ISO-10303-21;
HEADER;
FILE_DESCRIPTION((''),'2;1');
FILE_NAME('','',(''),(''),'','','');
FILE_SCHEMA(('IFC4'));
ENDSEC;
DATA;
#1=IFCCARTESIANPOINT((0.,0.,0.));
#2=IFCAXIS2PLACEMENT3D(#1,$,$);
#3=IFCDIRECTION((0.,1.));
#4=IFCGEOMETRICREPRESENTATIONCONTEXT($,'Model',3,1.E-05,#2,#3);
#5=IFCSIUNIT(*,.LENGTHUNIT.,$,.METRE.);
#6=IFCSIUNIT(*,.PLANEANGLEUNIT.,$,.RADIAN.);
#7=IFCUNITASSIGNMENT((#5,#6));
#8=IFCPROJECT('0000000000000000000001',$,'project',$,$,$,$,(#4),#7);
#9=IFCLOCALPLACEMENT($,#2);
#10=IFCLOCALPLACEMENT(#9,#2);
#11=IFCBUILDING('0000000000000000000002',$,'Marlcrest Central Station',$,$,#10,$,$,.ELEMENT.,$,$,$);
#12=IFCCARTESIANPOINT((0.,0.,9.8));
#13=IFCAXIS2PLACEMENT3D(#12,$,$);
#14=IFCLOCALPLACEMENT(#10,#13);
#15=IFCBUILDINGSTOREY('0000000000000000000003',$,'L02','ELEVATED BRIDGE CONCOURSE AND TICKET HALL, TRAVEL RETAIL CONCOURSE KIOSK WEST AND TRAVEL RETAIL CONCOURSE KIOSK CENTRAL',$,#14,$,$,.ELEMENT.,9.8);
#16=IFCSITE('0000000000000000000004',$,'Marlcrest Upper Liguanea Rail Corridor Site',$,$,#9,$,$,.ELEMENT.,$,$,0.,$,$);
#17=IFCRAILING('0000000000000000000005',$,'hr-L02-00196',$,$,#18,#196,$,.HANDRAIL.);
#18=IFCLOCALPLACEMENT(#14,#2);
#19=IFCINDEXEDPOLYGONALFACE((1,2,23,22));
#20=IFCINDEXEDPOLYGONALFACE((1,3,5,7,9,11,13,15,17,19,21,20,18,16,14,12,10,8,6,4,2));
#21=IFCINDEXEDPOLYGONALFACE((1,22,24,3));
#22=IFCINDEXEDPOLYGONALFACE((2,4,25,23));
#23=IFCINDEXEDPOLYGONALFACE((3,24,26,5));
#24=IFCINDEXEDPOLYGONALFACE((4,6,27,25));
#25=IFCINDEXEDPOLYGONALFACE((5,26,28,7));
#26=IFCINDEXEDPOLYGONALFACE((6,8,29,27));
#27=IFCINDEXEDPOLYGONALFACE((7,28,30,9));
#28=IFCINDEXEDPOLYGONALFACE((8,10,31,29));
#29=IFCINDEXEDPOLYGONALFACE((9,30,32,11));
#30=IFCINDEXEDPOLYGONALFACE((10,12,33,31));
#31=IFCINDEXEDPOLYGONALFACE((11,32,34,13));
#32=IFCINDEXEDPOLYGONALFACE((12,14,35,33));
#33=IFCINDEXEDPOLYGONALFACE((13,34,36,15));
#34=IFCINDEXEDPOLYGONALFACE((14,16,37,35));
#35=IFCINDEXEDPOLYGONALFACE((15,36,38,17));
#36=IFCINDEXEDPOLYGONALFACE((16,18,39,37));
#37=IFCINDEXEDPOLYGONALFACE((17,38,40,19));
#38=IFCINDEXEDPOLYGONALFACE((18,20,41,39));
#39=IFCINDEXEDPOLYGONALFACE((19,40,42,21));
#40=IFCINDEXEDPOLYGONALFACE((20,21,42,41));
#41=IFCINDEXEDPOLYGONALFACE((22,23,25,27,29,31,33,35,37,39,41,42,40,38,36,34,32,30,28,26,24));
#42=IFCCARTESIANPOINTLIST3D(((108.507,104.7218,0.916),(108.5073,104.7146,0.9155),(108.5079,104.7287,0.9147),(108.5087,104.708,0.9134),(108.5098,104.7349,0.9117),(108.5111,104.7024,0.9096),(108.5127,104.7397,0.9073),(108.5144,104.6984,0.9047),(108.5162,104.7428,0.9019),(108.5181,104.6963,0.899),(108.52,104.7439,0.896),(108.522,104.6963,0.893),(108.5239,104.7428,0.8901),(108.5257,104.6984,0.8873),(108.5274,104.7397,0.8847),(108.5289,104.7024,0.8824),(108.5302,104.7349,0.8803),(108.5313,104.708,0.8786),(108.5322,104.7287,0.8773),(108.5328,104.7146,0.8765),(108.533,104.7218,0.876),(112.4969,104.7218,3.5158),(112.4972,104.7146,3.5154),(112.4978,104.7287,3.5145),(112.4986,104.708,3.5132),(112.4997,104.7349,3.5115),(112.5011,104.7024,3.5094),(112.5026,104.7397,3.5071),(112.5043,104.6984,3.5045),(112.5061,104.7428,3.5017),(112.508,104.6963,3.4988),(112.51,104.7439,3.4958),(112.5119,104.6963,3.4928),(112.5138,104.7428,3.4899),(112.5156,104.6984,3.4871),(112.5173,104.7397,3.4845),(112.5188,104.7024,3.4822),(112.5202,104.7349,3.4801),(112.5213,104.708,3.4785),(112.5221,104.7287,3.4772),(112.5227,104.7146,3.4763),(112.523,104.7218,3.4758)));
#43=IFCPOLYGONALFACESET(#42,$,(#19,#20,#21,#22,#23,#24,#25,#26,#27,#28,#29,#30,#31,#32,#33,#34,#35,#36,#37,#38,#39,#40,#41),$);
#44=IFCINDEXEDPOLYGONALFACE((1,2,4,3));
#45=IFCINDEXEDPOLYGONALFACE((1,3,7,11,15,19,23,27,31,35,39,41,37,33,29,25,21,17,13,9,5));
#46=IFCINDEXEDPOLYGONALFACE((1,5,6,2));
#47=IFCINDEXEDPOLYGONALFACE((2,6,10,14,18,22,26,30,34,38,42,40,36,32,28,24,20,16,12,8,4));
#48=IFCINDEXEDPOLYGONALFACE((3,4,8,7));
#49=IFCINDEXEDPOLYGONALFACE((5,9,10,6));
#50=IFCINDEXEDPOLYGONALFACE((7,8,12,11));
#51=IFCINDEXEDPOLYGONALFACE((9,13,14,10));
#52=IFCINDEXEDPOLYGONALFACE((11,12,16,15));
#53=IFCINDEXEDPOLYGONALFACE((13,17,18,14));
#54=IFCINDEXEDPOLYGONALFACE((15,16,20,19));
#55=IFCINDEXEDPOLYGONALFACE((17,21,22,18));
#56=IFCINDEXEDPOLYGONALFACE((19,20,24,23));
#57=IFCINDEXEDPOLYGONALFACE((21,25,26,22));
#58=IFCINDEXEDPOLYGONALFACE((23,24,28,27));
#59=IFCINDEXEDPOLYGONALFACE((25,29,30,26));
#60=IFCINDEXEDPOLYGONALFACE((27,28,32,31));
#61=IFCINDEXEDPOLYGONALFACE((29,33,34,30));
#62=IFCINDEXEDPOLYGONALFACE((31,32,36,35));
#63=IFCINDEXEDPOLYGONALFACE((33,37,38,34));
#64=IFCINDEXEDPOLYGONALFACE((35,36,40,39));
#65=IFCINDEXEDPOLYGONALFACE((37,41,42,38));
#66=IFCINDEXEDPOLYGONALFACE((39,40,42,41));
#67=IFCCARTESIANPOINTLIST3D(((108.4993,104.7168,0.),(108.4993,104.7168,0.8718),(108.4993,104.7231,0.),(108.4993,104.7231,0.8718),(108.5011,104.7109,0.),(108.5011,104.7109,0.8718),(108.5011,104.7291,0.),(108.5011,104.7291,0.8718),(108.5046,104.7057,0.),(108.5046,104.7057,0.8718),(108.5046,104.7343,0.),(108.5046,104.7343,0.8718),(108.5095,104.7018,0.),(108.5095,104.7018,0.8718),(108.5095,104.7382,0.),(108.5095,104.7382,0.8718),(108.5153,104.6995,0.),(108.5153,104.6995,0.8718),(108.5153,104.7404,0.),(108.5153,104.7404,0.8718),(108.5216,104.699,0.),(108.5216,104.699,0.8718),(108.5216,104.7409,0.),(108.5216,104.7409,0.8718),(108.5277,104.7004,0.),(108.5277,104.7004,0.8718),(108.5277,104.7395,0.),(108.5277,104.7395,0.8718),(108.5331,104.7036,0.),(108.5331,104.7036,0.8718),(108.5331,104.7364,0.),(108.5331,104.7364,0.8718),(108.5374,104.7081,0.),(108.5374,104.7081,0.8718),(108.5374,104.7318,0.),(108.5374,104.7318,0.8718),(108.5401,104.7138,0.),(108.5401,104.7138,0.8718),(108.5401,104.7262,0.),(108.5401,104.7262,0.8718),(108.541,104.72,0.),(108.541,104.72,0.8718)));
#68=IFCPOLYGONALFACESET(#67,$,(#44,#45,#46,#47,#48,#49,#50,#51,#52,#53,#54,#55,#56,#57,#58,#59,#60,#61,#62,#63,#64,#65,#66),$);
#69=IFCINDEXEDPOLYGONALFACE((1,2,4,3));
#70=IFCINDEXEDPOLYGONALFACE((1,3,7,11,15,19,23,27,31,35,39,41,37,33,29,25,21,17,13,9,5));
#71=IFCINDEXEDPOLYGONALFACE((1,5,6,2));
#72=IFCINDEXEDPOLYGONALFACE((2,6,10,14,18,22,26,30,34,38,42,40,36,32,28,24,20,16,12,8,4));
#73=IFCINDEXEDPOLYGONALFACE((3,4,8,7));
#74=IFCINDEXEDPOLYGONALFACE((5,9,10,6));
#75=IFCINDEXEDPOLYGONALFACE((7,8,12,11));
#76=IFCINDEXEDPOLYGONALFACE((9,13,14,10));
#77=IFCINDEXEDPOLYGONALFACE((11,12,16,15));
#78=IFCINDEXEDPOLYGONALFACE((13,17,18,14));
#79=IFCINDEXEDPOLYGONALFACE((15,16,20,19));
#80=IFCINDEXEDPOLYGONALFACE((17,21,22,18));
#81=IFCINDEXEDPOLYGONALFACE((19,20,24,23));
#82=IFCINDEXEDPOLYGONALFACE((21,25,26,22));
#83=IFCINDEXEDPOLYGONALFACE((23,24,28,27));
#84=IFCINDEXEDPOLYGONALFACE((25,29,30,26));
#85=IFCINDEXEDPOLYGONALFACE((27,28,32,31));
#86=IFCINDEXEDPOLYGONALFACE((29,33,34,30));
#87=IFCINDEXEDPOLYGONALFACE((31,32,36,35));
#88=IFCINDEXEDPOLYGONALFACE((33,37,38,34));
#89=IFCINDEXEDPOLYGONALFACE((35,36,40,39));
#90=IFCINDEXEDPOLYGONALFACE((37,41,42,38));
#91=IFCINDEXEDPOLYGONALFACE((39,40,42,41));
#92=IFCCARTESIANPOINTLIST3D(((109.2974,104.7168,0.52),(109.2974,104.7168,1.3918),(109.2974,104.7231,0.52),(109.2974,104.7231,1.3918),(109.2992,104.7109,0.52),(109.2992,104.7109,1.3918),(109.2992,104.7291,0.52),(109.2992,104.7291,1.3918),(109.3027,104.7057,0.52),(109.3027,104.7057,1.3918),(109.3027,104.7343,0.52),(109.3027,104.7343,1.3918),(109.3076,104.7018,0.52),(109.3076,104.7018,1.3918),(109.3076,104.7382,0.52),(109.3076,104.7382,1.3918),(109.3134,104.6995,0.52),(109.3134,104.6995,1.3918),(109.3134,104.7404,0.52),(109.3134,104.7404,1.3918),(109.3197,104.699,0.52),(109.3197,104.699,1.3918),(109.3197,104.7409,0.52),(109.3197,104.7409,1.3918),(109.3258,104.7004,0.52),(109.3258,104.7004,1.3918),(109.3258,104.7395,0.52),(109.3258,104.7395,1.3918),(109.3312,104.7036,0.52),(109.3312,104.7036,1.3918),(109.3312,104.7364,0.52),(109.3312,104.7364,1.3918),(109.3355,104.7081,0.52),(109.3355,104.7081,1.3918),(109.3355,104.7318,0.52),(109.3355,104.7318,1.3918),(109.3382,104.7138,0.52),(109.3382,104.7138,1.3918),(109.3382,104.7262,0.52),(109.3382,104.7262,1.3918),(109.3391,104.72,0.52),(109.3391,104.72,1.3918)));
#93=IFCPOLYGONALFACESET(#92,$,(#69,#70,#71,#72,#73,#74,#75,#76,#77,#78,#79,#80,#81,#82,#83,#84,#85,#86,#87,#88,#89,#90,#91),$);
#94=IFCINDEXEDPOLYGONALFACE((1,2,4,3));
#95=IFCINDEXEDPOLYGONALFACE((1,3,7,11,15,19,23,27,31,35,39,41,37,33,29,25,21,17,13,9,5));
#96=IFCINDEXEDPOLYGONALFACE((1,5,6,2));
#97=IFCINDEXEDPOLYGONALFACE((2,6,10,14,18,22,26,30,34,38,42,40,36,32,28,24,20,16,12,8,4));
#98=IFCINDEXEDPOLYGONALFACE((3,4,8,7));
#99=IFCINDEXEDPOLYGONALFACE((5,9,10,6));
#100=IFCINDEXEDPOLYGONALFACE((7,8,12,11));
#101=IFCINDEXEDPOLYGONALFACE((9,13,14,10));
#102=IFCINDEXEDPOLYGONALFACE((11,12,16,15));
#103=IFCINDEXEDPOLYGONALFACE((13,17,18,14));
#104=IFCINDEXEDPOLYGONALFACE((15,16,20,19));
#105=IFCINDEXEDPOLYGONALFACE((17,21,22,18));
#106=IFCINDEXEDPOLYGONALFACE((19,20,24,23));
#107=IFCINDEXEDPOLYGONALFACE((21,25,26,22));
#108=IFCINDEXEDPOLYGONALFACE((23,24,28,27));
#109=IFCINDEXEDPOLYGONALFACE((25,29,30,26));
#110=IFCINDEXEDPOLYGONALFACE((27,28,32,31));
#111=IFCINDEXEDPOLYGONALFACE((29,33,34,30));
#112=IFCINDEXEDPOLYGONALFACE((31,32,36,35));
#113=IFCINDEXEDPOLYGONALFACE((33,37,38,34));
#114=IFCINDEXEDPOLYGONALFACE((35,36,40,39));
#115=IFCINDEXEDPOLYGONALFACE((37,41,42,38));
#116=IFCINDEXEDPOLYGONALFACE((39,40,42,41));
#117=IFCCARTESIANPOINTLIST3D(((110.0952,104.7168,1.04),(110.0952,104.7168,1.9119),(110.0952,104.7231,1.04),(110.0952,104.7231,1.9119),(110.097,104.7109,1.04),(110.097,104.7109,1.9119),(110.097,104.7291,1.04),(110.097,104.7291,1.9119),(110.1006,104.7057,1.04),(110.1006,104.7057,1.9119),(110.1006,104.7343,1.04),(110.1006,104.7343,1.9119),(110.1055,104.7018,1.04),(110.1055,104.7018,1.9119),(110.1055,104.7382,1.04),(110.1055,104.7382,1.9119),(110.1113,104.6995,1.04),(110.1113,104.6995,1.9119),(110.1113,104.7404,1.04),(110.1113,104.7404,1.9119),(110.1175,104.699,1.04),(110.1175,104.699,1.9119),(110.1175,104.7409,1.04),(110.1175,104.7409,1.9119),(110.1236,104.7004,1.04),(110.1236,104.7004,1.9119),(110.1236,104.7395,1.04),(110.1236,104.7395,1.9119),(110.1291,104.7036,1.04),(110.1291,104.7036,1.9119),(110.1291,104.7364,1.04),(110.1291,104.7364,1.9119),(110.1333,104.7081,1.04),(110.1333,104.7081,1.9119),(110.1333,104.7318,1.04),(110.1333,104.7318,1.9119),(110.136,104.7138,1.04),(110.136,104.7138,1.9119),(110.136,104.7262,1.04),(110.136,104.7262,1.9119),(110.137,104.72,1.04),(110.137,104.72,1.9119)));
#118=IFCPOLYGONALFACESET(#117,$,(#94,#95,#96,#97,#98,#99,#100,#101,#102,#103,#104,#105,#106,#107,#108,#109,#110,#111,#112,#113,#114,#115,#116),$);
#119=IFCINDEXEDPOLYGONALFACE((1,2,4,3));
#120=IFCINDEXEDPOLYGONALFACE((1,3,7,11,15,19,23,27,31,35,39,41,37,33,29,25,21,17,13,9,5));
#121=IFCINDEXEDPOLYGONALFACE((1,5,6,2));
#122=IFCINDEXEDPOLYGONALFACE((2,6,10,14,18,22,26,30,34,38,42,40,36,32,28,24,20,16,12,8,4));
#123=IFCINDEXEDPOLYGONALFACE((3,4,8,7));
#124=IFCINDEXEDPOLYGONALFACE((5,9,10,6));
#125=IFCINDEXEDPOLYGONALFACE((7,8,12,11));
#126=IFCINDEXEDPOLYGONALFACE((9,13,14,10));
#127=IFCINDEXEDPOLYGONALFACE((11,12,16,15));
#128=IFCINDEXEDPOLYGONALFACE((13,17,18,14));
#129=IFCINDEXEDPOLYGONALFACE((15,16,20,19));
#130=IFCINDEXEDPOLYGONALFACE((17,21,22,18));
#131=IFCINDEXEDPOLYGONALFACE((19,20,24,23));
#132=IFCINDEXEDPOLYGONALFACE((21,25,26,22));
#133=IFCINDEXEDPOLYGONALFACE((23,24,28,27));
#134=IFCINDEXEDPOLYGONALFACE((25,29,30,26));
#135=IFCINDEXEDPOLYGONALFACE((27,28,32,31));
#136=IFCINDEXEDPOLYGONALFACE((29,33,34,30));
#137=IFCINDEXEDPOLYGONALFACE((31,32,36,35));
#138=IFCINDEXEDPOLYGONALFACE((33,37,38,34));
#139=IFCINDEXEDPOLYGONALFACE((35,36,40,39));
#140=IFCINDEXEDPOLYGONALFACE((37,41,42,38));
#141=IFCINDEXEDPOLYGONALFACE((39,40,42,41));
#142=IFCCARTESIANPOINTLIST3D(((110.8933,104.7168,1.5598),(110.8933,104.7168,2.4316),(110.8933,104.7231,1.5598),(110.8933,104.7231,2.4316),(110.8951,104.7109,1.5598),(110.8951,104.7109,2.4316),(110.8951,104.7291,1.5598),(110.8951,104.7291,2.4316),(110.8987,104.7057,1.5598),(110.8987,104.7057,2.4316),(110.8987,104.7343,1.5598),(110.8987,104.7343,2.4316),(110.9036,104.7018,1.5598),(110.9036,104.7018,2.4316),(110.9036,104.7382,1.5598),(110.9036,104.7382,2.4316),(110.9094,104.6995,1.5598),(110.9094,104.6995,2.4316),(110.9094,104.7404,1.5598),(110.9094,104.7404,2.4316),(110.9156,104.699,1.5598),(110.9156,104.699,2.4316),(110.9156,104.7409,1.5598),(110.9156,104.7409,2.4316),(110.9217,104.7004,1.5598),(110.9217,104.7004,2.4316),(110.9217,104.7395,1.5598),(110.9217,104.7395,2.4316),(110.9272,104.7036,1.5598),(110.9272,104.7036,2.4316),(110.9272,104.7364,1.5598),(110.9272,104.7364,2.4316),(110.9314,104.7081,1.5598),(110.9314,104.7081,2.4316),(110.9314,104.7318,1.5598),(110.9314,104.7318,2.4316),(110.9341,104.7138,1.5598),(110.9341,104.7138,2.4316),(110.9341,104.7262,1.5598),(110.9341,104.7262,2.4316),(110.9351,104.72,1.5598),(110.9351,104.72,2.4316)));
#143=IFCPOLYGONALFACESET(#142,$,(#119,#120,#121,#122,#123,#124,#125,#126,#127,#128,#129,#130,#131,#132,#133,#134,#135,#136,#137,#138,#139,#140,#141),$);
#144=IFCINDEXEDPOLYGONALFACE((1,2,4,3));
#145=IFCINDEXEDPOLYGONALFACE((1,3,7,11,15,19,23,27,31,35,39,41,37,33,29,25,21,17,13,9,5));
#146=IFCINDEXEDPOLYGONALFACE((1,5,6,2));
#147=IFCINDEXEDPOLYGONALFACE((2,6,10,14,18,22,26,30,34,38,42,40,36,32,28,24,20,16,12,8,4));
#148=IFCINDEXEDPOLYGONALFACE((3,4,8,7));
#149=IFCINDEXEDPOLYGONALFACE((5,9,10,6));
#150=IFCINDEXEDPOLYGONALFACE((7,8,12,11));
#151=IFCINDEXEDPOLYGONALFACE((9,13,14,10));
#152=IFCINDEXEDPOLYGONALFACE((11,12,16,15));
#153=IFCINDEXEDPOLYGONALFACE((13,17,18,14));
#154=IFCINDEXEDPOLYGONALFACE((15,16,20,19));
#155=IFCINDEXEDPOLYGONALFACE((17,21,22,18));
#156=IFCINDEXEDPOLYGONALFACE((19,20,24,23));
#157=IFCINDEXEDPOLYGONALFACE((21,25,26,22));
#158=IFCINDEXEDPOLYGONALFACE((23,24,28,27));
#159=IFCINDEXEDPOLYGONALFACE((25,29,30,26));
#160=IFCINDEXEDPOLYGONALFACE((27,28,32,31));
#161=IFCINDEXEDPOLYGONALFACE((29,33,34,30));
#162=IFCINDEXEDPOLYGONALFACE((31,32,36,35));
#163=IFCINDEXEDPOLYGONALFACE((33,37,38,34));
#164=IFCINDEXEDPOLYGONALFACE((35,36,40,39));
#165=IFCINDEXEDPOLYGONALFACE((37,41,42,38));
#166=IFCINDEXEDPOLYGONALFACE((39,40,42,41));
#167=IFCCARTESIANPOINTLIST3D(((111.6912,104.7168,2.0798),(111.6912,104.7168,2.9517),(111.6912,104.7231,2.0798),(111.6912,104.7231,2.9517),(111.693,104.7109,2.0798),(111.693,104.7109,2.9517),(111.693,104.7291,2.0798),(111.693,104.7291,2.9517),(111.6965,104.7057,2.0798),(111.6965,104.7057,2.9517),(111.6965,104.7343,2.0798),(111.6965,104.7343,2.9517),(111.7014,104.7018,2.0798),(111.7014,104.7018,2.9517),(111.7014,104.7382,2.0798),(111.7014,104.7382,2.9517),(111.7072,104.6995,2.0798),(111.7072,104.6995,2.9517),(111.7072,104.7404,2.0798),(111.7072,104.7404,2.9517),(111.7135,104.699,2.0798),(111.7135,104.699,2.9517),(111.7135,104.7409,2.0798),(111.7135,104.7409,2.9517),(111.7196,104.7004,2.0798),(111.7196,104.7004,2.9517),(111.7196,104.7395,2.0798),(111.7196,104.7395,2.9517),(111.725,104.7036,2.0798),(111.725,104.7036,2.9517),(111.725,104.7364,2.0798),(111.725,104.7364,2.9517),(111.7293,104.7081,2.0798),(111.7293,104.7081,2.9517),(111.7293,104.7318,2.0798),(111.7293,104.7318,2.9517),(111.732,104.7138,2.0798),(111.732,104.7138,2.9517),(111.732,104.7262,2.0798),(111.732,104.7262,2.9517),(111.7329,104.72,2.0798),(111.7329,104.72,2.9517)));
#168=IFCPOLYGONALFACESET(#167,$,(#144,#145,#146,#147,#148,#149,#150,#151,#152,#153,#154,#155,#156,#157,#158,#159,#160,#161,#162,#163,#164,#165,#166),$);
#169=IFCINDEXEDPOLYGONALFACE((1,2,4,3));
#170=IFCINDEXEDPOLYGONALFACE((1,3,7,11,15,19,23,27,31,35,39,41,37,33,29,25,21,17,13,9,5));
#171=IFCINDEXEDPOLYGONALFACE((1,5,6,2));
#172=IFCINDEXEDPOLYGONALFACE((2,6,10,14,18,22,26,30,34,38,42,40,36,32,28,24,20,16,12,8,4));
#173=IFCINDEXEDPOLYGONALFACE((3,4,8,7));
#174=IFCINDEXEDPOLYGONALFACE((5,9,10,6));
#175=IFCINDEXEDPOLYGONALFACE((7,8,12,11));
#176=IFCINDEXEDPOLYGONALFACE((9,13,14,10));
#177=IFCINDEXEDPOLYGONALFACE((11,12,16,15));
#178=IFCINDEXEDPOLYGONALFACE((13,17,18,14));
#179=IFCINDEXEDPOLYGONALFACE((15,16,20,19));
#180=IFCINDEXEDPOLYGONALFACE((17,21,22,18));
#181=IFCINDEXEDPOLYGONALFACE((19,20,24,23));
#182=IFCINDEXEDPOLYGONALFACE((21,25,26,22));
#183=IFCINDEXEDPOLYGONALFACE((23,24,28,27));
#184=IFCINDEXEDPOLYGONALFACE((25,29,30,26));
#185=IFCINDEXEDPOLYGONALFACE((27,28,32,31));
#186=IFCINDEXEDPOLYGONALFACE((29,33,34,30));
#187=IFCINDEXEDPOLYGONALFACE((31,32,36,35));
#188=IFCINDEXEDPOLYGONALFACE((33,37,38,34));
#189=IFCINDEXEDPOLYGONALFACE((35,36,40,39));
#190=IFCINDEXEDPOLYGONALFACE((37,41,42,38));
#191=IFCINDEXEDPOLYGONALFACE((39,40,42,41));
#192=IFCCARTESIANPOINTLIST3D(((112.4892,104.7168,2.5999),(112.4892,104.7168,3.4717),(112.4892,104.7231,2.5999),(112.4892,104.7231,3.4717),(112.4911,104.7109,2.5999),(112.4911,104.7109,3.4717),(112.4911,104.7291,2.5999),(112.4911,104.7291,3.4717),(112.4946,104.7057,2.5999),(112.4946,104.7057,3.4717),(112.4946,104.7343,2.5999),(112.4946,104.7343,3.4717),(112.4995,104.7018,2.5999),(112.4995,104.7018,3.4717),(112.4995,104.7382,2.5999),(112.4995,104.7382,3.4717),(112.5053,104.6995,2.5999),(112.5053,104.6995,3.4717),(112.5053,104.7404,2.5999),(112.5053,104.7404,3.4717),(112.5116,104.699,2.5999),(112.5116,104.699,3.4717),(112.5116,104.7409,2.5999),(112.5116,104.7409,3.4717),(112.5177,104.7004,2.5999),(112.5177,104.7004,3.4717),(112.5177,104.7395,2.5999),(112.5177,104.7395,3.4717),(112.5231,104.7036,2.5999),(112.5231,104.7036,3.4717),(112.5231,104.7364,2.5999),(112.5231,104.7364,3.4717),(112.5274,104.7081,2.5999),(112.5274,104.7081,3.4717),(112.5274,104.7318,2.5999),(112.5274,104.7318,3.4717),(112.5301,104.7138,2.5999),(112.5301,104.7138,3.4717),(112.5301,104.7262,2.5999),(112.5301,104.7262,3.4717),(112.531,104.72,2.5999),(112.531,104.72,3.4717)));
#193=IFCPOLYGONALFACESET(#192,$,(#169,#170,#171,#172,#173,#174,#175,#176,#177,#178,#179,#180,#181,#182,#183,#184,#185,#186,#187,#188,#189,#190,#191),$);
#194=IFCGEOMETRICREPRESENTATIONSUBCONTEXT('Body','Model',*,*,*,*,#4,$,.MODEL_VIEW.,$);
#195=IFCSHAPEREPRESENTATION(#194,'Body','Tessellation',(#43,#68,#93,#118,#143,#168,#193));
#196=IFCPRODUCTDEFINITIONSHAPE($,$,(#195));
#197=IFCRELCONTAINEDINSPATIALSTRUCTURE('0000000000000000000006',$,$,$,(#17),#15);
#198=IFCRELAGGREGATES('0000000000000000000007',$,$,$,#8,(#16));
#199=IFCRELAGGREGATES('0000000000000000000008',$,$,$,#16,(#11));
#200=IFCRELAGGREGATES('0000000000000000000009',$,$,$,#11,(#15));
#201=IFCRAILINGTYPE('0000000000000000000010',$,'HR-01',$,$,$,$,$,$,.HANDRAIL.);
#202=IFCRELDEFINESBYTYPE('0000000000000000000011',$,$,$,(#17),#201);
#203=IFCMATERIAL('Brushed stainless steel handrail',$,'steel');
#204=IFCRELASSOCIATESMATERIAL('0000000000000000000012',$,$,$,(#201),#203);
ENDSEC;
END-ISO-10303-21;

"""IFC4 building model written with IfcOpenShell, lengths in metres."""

from ifc_helpers import new_model, si_unit, direction, frame, origin, origin_2d, place, context, subcontext, project, spatial, circle, extrude, material, type_object, element, save


model = new_model("IFC4")

# Units and contexts
model_context = context("Model", 3, precision=1e-05, world=origin(), true_north=direction((0.0, 1.0)))
body_context = subcontext(model_context, "Body", "Model", "MODEL_VIEW")
ifc_project = project(units=[si_unit("LENGTHUNIT", "METRE"), si_unit("PLANEANGLEUNIT", "RADIAN")], contexts=[model_context])

# Site, building, storey
site_placement = place(None, origin())
site = spatial("IfcSite", under=ifc_project, at=site_placement, Name="Marlcrest Upper Liguanea Rail Corridor Site", CompositionType="ELEMENT", RefElevation=0.0)
building_placement = place(site_placement, origin())
building = spatial("IfcBuilding", under=site, at=building_placement, Name="Marlcrest Central Station", CompositionType="ELEMENT")
storey_placement = place(building_placement, frame((0.0, 0.0, 9.8)))
storey = spatial("IfcBuildingStorey", under=building, at=storey_placement, Name="L02", Description="ELEVATED BRIDGE CONCOURSE AND TICKET HALL, TRAVEL RETAIL CONCOURSE KIOSK WEST AND TRAVEL RETAIL CONCOURSE KIOSK CENTRAL", CompositionType="ELEMENT", Elevation=9.8)

# Railing
ifc_material_1 = material(Name="Brushed stainless steel handrail", Category="steel")
railing_type_1 = type_object("IfcRailingType", Name="HR-01", PredefinedType="HANDRAIL", material=ifc_material_1)
railing_1_placement = place(storey_placement, frame((108.52, 104.72, 0.0)))
element("IfcRailing", 1, at=railing_1_placement, inside=storey, type_object=railing_type_1, Name="hr-L02-00196", PredefinedType="HANDRAIL", context=body_context, shape_type="SweptSolid", body=[
    extrude(circle(Radius=0.0239, at=origin_2d()), frame((0.0, 0.0, 0.896), z_axis=(0.837833, 0.0, 0.545927), x_axis=(0.0, 1.0, 0.0)), (0.0, 0.0, 1.0), 4.7622),
    extrude(circle(Radius=0.021, at=origin_2d()), origin(), (0.0, 0.0, 1.0), 0.8718),
    extrude(circle(Radius=0.021, at=origin_2d()), frame((0.7981, 0.0, 0.52)), (0.0, 0.0, 1.0), 0.8718),
    extrude(circle(Radius=0.021, at=origin_2d()), frame((1.5959, 0.0, 1.04)), (0.0, 0.0, 1.0), 0.8718),
    extrude(circle(Radius=0.021, at=origin_2d()), frame((2.394, 0.0, 1.5598)), (0.0, 0.0, 1.0), 0.8718),
    extrude(circle(Radius=0.021, at=origin_2d()), frame((3.1919, 0.0, 2.0798)), (0.0, 0.0, 1.0), 0.8718),
    extrude(circle(Radius=0.021, at=origin_2d()), frame((3.99, 0.0, 2.5999)), (0.0, 0.0, 1.0), 0.8718),
])

save(model, "model.ifc")
